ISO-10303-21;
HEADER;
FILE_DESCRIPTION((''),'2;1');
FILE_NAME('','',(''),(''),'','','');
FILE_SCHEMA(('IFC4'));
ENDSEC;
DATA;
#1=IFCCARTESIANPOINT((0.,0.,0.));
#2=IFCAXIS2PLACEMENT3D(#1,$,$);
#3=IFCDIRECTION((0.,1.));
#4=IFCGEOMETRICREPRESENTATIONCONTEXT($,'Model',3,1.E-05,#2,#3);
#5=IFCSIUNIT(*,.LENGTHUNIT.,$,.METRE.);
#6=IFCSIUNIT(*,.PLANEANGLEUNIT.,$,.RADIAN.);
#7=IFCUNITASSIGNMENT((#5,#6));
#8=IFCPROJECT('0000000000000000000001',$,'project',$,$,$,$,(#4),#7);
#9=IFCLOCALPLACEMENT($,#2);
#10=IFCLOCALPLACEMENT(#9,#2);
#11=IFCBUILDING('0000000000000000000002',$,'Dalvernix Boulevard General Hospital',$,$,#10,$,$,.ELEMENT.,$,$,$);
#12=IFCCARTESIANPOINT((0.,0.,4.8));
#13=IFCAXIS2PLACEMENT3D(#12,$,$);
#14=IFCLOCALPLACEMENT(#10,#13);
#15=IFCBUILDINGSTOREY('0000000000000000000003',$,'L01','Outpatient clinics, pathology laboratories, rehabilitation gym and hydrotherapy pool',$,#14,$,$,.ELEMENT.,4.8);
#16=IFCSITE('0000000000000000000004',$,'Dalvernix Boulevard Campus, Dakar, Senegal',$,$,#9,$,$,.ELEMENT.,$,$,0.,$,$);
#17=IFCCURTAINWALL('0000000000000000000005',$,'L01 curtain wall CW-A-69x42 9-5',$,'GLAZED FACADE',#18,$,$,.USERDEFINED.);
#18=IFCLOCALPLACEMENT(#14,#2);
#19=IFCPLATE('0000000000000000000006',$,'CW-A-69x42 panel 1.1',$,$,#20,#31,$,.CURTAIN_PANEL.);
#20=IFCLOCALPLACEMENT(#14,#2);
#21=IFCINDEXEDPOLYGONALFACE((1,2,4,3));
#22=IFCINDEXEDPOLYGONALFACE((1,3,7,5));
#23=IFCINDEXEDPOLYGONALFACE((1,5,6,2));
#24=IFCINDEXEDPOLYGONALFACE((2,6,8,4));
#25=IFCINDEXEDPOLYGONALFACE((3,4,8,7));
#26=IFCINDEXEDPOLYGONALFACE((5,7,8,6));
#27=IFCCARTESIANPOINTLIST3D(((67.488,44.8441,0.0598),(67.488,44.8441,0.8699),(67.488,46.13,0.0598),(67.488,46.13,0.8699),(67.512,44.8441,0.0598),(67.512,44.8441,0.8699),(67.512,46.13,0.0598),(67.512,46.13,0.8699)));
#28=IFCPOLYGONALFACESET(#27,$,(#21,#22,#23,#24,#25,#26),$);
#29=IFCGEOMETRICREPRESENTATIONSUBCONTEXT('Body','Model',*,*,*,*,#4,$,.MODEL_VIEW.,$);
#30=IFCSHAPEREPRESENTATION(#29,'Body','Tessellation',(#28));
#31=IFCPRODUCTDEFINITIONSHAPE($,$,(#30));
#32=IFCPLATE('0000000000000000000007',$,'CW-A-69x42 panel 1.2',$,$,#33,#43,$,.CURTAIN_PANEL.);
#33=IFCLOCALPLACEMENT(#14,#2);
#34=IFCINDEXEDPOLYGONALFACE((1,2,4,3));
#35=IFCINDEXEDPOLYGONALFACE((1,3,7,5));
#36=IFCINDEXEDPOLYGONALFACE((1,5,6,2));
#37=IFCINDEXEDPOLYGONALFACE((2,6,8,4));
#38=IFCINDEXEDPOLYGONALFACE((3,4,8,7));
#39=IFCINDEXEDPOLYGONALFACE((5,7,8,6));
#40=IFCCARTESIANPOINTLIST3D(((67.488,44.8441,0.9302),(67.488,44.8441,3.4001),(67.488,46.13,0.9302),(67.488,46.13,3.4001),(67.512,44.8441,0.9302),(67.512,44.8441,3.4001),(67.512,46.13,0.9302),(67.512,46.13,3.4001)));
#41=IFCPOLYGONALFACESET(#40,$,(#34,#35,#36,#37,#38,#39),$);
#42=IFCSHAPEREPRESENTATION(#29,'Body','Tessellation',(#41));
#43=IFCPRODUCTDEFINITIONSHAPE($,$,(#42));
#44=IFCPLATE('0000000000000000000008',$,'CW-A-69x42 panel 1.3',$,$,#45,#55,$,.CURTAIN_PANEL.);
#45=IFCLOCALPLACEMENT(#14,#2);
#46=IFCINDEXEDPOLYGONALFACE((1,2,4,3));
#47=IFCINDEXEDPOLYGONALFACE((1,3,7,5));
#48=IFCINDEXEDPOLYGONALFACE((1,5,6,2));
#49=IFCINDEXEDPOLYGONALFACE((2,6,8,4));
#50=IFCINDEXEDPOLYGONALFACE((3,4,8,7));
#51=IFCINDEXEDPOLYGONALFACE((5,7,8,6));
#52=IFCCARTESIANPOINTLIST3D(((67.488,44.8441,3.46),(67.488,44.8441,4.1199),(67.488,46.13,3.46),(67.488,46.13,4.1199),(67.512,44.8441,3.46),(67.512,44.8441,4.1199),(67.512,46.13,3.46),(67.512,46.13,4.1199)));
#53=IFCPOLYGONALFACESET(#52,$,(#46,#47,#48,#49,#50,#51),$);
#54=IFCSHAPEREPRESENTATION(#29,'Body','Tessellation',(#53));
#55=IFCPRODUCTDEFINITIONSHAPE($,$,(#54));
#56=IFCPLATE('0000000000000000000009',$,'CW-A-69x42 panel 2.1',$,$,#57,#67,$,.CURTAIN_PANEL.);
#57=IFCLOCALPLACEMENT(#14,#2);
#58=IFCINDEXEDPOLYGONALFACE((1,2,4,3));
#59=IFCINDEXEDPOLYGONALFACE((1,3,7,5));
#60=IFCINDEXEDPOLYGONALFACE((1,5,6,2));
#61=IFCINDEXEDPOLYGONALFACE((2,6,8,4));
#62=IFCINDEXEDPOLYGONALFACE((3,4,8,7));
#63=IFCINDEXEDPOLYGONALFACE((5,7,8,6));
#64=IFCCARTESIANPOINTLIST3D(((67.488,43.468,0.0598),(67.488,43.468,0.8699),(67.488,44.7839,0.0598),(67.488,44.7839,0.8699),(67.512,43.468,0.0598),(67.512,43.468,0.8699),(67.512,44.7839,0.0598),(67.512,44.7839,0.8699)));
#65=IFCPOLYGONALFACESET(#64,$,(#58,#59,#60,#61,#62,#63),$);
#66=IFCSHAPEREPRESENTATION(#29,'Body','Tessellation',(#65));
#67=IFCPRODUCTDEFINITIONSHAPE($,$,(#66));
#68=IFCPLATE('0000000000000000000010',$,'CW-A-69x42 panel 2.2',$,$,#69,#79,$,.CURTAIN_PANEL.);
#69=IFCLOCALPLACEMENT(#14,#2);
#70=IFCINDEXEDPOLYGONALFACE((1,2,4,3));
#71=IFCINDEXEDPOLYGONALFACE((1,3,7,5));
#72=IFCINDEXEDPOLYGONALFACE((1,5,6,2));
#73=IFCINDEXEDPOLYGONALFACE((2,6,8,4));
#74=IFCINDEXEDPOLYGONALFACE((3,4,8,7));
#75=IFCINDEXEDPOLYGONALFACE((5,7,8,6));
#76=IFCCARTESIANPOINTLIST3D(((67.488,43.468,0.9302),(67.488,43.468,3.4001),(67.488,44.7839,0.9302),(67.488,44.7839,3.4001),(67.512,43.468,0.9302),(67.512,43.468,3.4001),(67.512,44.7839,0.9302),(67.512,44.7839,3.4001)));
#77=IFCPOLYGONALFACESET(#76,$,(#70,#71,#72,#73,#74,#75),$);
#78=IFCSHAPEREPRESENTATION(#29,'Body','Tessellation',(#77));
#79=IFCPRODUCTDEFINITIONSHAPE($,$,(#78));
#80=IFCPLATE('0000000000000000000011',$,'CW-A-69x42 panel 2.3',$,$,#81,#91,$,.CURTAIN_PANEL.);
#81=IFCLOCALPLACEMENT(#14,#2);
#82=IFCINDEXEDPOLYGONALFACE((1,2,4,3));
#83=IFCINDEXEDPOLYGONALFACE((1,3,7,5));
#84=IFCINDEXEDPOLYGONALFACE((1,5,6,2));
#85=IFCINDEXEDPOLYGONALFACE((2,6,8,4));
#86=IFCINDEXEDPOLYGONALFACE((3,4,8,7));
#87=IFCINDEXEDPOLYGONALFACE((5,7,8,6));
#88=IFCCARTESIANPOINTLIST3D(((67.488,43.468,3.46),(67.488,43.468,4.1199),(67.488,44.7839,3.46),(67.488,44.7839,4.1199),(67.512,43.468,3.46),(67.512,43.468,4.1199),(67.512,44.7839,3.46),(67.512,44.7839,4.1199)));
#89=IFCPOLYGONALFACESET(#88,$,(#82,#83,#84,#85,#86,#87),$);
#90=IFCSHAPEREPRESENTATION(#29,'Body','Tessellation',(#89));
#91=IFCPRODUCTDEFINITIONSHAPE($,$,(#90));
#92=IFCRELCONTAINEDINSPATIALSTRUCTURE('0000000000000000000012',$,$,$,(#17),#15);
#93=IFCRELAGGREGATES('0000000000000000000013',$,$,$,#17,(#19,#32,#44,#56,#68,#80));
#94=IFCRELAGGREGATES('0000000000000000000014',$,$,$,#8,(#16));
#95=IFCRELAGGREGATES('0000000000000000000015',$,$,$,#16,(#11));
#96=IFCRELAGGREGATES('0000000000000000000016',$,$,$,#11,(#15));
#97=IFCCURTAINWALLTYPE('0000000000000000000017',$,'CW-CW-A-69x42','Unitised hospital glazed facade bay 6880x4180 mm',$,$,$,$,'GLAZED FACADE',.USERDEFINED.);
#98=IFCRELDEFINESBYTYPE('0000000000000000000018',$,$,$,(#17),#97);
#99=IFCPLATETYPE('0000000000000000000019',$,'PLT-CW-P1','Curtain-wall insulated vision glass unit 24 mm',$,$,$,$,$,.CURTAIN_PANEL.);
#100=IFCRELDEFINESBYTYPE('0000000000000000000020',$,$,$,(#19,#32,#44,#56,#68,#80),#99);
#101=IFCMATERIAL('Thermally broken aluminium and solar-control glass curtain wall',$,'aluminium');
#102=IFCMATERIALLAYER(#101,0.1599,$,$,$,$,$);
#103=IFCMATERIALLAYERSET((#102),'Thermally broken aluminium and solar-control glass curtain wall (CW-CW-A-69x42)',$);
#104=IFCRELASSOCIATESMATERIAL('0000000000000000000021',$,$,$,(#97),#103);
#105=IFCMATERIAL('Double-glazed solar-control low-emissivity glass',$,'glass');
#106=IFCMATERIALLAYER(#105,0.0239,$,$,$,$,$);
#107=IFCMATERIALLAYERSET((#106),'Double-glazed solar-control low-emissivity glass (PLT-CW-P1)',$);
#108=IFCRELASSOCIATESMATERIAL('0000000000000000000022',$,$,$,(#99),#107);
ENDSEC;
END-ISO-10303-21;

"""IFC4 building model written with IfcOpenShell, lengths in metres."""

from ifc_helpers import new_model, si_unit, direction, frame, origin, origin_2d, place, context, subcontext, project, spatial, rectangle, extrude, material, layer, layer_set, type_object, element, aggregate, save


model = new_model("IFC4")

# Units and contexts
model_context = context("Model", 3, precision=1e-05, world=origin(), true_north=direction((0.0, 1.0)))
body_context = subcontext(model_context, "Body", "Model", "MODEL_VIEW")
ifc_project = project(units=[si_unit("LENGTHUNIT", "METRE"), si_unit("PLANEANGLEUNIT", "RADIAN")], contexts=[model_context])

# Site, building, storey
site_placement = place(None, origin())
site = spatial("IfcSite", under=ifc_project, at=site_placement, Name="Dalvernix Boulevard Campus, Dakar, Senegal", CompositionType="ELEMENT", RefElevation=0.0)
building_placement = place(site_placement, origin())
building = spatial("IfcBuilding", under=site, at=building_placement, Name="Dalvernix Boulevard General Hospital", CompositionType="ELEMENT")
storey_placement = place(building_placement, frame((0.0, 0.0, 4.8)))
storey = spatial("IfcBuildingStorey", under=building, at=storey_placement, Name="L01", Description="Outpatient clinics, pathology laboratories, rehabilitation gym and hydrotherapy pool", CompositionType="ELEMENT", Elevation=4.8)

# Curtain wall, plates
ifc_material_1 = material(Name="Thermally broken aluminium and solar-control glass curtain wall", Category="aluminium")
ifc_layer_1 = layer(ifc_material_1, 0.1599)
ifc_layer_set_1 = layer_set([ifc_layer_1], Name="Thermally broken aluminium and solar-control glass curtain wall (CW-CW-A-69x42)")
curtain_wall_type = type_object("IfcCurtainWallType", Name="CW-CW-A-69x42", Description="Unitised hospital glazed facade bay 6880x4180 mm", ElementType="GLAZED FACADE", PredefinedType="USERDEFINED", material=ifc_layer_set_1)
curtain_wall_placement = place(storey_placement, origin())
curtain_wall = element("IfcCurtainWall", 1, at=curtain_wall_placement, inside=storey, type_object=curtain_wall_type, Name="L01 curtain wall CW-A-69x42 9-5", ObjectType="GLAZED FACADE", PredefinedType="USERDEFINED")
ifc_material_2 = material(Name="Double-glazed solar-control low-emissivity glass", Category="glass")
ifc_layer_2 = layer(ifc_material_2, 0.0239)
ifc_layer_set_2 = layer_set([ifc_layer_2], Name="Double-glazed solar-control low-emissivity glass (PLT-CW-P1)")
plate_type = type_object("IfcPlateType", Name="PLT-CW-P1", Description="Curtain-wall insulated vision glass unit 24 mm", PredefinedType="CURTAIN_PANEL", material=ifc_layer_set_2)
plate_1_placement = place(storey_placement, frame((67.5, 45.4871, 0.0598), z_axis=(0.0, 0.0, 1.0), x_axis=(0.0, -1.0, 0.0)))
plate_1 = element("IfcPlate", 2, at=plate_1_placement, type_object=plate_type, Name="CW-A-69x42 panel 1.1", PredefinedType="CURTAIN_PANEL", context=body_context, shape_type="SweptSolid", body=[
    extrude(rectangle(XDim=1.2859, YDim=0.0239, at=origin_2d()), origin(), (0.0, 0.0, 1.0), 0.8101),
])
plate_2_placement = place(storey_placement, frame((67.5, 45.4871, 0.9302), z_axis=(0.0, 0.0, 1.0), x_axis=(0.0, -1.0, 0.0)))
plate_2 = element("IfcPlate", 3, at=plate_2_placement, type_object=plate_type, Name="CW-A-69x42 panel 1.2", PredefinedType="CURTAIN_PANEL", context=body_context, shape_type="SweptSolid", body=[
    extrude(rectangle(XDim=1.2859, YDim=0.0239, at=origin_2d()), origin(), (0.0, 0.0, 1.0), 2.47),
])
plate_3_placement = place(storey_placement, frame((67.5, 45.4871, 3.46), z_axis=(0.0, 0.0, 1.0), x_axis=(0.0, -1.0, 0.0)))
plate_3 = element("IfcPlate", 4, at=plate_3_placement, type_object=plate_type, Name="CW-A-69x42 panel 1.3", PredefinedType="CURTAIN_PANEL", context=body_context, shape_type="SweptSolid", body=[
    extrude(rectangle(XDim=1.2859, YDim=0.0239, at=origin_2d()), origin(), (0.0, 0.0, 1.0), 0.6599),
])
plate_4_placement = place(storey_placement, frame((67.5, 44.126, 0.0598), z_axis=(0.0, 0.0, 1.0), x_axis=(0.0, -1.0, 0.0)))
plate_4 = element("IfcPlate", 5, at=plate_4_placement, type_object=plate_type, Name="CW-A-69x42 panel 2.1", PredefinedType="CURTAIN_PANEL", context=body_context, shape_type="SweptSolid", body=[
    extrude(rectangle(XDim=1.3159, YDim=0.0239, at=origin_2d()), origin(), (0.0, 0.0, 1.0), 0.8101),
])
plate_5_placement = place(storey_placement, frame((67.5, 44.126, 0.9302), z_axis=(0.0, 0.0, 1.0), x_axis=(0.0, -1.0, 0.0)))
plate_5 = element("IfcPlate", 6, at=plate_5_placement, type_object=plate_type, Name="CW-A-69x42 panel 2.2", PredefinedType="CURTAIN_PANEL", context=body_context, shape_type="SweptSolid", body=[
    extrude(rectangle(XDim=1.3159, YDim=0.0239, at=origin_2d()), origin(), (0.0, 0.0, 1.0), 2.47),
])
plate_6_placement = place(storey_placement, frame((67.5, 44.126, 3.46), z_axis=(0.0, 0.0, 1.0), x_axis=(0.0, -1.0, 0.0)))
plate_6 = element("IfcPlate", 7, at=plate_6_placement, type_object=plate_type, Name="CW-A-69x42 panel 2.3", PredefinedType="CURTAIN_PANEL", context=body_context, shape_type="SweptSolid", body=[
    extrude(rectangle(XDim=1.3159, YDim=0.0239, at=origin_2d()), origin(), (0.0, 0.0, 1.0), 0.6599),
])
aggregate(curtain_wall, [plate_1, plate_2, plate_3, plate_4, plate_5, plate_6])

save(model, "model.ifc")
